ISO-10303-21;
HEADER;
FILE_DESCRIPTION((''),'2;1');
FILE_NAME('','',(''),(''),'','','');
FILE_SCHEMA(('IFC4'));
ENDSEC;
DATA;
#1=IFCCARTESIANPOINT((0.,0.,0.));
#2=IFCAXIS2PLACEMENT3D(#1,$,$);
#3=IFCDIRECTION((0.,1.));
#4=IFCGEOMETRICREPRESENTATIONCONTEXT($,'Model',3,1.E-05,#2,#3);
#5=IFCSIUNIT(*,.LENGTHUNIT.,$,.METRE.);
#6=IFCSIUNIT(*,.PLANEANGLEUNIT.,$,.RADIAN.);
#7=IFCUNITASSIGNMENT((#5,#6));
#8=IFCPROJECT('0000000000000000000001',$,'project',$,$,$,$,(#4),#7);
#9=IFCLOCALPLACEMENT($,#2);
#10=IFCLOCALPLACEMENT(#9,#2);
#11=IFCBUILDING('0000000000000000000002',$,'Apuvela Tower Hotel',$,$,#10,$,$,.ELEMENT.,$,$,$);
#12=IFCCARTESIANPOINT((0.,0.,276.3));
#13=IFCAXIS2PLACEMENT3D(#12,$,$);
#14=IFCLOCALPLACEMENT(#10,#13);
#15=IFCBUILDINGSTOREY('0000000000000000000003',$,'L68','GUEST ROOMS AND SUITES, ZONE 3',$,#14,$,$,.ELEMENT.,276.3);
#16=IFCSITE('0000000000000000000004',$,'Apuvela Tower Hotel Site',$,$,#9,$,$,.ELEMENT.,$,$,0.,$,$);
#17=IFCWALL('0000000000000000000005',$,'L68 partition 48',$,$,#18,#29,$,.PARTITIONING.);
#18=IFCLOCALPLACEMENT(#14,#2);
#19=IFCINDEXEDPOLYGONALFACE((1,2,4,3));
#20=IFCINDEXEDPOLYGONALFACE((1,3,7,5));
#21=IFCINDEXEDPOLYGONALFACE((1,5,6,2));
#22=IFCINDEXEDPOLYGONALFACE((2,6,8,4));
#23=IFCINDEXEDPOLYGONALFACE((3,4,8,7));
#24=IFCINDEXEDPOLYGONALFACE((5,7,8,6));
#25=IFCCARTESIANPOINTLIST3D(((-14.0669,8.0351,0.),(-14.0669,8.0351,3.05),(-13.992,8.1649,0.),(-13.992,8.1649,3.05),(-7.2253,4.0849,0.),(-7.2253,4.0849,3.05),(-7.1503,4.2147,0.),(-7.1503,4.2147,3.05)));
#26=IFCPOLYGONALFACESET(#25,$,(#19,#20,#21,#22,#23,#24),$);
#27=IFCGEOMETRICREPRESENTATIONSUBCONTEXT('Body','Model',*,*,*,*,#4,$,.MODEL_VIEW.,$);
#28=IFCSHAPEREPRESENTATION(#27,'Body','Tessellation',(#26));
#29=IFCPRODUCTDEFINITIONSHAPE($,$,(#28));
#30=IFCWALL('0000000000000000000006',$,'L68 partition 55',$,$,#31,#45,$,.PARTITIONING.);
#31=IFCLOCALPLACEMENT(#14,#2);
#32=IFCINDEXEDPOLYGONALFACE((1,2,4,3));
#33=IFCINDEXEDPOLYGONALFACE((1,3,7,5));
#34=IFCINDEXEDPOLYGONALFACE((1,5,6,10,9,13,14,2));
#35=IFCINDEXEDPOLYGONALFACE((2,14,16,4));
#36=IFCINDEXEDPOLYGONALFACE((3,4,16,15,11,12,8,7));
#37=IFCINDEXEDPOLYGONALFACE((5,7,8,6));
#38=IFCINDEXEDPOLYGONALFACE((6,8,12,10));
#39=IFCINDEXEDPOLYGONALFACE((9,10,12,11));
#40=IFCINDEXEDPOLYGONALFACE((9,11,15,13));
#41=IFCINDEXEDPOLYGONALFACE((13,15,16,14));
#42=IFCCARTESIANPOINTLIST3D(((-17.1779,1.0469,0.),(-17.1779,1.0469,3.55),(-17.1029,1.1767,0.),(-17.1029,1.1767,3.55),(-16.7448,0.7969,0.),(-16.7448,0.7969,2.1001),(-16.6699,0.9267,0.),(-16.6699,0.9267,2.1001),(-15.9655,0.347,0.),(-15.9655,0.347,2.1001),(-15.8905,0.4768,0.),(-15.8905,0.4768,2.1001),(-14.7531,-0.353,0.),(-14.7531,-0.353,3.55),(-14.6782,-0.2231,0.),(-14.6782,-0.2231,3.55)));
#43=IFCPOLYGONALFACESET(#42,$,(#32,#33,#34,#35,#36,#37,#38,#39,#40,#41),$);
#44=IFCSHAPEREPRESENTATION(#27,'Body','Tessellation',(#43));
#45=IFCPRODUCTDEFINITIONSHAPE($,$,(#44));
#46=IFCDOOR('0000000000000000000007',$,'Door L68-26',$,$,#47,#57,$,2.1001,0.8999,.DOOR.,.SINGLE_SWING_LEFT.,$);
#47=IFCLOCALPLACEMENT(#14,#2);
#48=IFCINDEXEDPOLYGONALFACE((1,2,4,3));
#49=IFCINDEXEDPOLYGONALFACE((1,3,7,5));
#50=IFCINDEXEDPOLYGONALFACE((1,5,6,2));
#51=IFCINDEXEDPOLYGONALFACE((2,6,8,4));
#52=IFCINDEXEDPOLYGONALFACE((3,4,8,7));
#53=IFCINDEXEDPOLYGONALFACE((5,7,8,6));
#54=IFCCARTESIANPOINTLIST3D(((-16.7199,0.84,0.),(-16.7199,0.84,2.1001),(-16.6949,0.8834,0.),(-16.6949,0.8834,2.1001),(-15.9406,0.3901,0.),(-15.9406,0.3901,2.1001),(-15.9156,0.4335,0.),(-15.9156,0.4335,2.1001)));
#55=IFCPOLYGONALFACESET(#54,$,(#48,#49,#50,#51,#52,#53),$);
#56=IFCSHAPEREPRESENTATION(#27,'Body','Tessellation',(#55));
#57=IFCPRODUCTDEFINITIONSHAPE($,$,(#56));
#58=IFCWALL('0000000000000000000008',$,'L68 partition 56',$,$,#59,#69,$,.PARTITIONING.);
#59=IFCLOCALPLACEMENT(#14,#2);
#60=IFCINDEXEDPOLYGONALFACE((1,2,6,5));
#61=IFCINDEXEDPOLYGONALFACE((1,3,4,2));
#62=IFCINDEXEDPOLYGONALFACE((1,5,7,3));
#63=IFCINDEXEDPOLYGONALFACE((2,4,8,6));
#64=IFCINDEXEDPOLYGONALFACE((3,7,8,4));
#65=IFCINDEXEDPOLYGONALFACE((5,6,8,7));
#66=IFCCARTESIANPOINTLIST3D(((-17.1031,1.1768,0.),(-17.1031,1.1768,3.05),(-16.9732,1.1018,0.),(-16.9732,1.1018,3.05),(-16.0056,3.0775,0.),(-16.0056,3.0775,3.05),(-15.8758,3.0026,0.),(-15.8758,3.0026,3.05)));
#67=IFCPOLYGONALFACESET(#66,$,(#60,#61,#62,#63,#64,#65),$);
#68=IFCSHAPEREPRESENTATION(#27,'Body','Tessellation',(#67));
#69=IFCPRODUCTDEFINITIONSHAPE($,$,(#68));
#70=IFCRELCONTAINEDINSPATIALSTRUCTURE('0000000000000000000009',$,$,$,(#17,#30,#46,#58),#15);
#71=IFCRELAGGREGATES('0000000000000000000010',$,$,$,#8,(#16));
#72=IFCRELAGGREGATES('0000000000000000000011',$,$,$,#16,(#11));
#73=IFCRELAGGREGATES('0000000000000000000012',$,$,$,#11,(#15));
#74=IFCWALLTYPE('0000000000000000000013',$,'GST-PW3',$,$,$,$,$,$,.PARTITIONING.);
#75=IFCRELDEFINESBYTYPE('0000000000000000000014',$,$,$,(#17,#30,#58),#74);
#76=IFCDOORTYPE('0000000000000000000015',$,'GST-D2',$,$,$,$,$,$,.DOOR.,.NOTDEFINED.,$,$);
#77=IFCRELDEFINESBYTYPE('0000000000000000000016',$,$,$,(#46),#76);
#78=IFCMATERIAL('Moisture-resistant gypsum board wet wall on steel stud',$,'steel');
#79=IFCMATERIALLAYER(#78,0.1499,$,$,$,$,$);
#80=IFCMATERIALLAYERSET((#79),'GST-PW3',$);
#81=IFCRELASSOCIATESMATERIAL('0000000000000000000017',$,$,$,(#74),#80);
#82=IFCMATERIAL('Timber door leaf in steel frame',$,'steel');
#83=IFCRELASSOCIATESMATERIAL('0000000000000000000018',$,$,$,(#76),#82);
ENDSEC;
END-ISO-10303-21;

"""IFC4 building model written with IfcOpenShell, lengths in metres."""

from ifc_helpers import new_model, si_unit, direction, frame, frame_2d, origin, place, context, subcontext, project, spatial, rectangle, extrude, material, layer, layer_set, type_object, element, fill, save


model = new_model("IFC4")

# Units and contexts
model_context = context("Model", 3, precision=1e-05, world=origin(), true_north=direction((0.0, 1.0)))
body_context = subcontext(model_context, "Body", "Model", "MODEL_VIEW")
ifc_project = project(units=[si_unit("LENGTHUNIT", "METRE"), si_unit("PLANEANGLEUNIT", "RADIAN")], contexts=[model_context])

# Site, building, storey
site_placement = place(None, origin())
site = spatial("IfcSite", under=ifc_project, at=site_placement, Name="Apuvela Tower Hotel Site", CompositionType="ELEMENT", RefElevation=0.0)
building_placement = place(site_placement, origin())
building = spatial("IfcBuilding", under=site, at=building_placement, Name="Apuvela Tower Hotel", CompositionType="ELEMENT")
storey_placement = place(building_placement, frame((0.0, 0.0, 276.3)))
storey = spatial("IfcBuildingStorey", under=building, at=storey_placement, Name="L68", Description="GUEST ROOMS AND SUITES, ZONE 3", CompositionType="ELEMENT", Elevation=276.3)

# Wall
ifc_material_1 = material(Name="Moisture-resistant gypsum board wet wall on steel stud", Category="steel")
ifc_layer_1 = layer(ifc_material_1, 0.1499)
ifc_layer_set_1 = layer_set([ifc_layer_1], Name="GST-PW3")
wall_type_1 = type_object("IfcWallType", Name="GST-PW3", PredefinedType="PARTITIONING", material=ifc_layer_set_1)
wall_1_placement = place(storey_placement, frame((-14.0295, 8.1001, 0.0), z_axis=(0.0, 0.0, 1.0), x_axis=(0.866013, -0.500021, 0.0)))
element("IfcWall", 1, at=wall_1_placement, inside=storey, type_object=wall_type_1, Name="L68 partition 48", PredefinedType="PARTITIONING", context=body_context, shape_type="SweptSolid", body=[
    extrude(rectangle(XDim=7.9001, YDim=0.1499, at=frame_2d((3.9502, 0.0))), origin(), (0.0, 0.0, 1.0), 3.05),
])

# Wall, opening, door
wall_2_placement = place(storey_placement, frame((-17.1404, 1.1118, 0.0), z_axis=(0.0, 0.0, 1.0), x_axis=(0.866035, -0.499984, 0.0)))
wall_2 = element("IfcWall", 2, at=wall_2_placement, inside=storey, type_object=wall_type_1, Name="L68 partition 55", PredefinedType="PARTITIONING", context=body_context, shape_type="SweptSolid", body=[
    extrude(rectangle(XDim=2.7998, YDim=0.1499, at=frame_2d((1.3999, 0.0))), origin(), (0.0, 0.0, 1.0), 3.55),
])
opening_1_placement = place(wall_2_placement, frame((0.5, 0.0, 0.0)))
opening_1 = element("IfcOpeningElement", 3, at=opening_1_placement, cuts=wall_2, PredefinedType="OPENING", context=body_context, shape_type="SweptSolid", body=[
    extrude(rectangle(XDim=0.8999, YDim=2.1001, at=frame_2d((0.45, 1.05))), frame((0.0, 0.085, 0.0), z_axis=(0.0, -1.0, 0.0), x_axis=(1.0, 0.0, 0.0)), (0.0, 0.0, 1.0), 0.1699),
])
ifc_material_2 = material(Name="Timber door leaf in steel frame", Category="steel")
door_type_1 = type_object("IfcDoorType", Name="GST-D2", OperationType="NOTDEFINED", PredefinedType="DOOR", material=ifc_material_2)
door_1_placement = place(opening_1_placement, origin())
door_1 = element("IfcDoor", 4, at=door_1_placement, inside=storey, type_object=door_type_1, Name="Door L68-26", OperationType="SINGLE_SWING_LEFT", OverallHeight=2.1001, OverallWidth=0.8999, PredefinedType="DOOR", context=body_context, shape_type="SweptSolid", body=[
    extrude(rectangle(XDim=0.8999, YDim=2.1001, at=frame_2d((0.45, 1.05))), frame((0.0, 0.0249, 0.0), z_axis=(0.0, -1.0, 0.0), x_axis=(1.0, 0.0, 0.0)), (0.0, 0.0, 1.0), 0.05),
])
fill(opening_1, door_1)

# Wall
wall_3_placement = place(storey_placement, frame((-15.9407, 3.04, 0.0), z_axis=(0.0, 0.0, 1.0), x_axis=(-0.500027, -0.86601, 0.0)))
element("IfcWall", 5, at=wall_3_placement, inside=storey, type_object=wall_type_1, Name="L68 partition 56", PredefinedType="PARTITIONING", context=body_context, shape_type="SweptSolid", body=[
    extrude(rectangle(XDim=2.1948, YDim=0.1499, at=frame_2d((1.0974, 0.0))), origin(), (0.0, 0.0, 1.0), 3.05),
])

save(model, "model.ifc")
